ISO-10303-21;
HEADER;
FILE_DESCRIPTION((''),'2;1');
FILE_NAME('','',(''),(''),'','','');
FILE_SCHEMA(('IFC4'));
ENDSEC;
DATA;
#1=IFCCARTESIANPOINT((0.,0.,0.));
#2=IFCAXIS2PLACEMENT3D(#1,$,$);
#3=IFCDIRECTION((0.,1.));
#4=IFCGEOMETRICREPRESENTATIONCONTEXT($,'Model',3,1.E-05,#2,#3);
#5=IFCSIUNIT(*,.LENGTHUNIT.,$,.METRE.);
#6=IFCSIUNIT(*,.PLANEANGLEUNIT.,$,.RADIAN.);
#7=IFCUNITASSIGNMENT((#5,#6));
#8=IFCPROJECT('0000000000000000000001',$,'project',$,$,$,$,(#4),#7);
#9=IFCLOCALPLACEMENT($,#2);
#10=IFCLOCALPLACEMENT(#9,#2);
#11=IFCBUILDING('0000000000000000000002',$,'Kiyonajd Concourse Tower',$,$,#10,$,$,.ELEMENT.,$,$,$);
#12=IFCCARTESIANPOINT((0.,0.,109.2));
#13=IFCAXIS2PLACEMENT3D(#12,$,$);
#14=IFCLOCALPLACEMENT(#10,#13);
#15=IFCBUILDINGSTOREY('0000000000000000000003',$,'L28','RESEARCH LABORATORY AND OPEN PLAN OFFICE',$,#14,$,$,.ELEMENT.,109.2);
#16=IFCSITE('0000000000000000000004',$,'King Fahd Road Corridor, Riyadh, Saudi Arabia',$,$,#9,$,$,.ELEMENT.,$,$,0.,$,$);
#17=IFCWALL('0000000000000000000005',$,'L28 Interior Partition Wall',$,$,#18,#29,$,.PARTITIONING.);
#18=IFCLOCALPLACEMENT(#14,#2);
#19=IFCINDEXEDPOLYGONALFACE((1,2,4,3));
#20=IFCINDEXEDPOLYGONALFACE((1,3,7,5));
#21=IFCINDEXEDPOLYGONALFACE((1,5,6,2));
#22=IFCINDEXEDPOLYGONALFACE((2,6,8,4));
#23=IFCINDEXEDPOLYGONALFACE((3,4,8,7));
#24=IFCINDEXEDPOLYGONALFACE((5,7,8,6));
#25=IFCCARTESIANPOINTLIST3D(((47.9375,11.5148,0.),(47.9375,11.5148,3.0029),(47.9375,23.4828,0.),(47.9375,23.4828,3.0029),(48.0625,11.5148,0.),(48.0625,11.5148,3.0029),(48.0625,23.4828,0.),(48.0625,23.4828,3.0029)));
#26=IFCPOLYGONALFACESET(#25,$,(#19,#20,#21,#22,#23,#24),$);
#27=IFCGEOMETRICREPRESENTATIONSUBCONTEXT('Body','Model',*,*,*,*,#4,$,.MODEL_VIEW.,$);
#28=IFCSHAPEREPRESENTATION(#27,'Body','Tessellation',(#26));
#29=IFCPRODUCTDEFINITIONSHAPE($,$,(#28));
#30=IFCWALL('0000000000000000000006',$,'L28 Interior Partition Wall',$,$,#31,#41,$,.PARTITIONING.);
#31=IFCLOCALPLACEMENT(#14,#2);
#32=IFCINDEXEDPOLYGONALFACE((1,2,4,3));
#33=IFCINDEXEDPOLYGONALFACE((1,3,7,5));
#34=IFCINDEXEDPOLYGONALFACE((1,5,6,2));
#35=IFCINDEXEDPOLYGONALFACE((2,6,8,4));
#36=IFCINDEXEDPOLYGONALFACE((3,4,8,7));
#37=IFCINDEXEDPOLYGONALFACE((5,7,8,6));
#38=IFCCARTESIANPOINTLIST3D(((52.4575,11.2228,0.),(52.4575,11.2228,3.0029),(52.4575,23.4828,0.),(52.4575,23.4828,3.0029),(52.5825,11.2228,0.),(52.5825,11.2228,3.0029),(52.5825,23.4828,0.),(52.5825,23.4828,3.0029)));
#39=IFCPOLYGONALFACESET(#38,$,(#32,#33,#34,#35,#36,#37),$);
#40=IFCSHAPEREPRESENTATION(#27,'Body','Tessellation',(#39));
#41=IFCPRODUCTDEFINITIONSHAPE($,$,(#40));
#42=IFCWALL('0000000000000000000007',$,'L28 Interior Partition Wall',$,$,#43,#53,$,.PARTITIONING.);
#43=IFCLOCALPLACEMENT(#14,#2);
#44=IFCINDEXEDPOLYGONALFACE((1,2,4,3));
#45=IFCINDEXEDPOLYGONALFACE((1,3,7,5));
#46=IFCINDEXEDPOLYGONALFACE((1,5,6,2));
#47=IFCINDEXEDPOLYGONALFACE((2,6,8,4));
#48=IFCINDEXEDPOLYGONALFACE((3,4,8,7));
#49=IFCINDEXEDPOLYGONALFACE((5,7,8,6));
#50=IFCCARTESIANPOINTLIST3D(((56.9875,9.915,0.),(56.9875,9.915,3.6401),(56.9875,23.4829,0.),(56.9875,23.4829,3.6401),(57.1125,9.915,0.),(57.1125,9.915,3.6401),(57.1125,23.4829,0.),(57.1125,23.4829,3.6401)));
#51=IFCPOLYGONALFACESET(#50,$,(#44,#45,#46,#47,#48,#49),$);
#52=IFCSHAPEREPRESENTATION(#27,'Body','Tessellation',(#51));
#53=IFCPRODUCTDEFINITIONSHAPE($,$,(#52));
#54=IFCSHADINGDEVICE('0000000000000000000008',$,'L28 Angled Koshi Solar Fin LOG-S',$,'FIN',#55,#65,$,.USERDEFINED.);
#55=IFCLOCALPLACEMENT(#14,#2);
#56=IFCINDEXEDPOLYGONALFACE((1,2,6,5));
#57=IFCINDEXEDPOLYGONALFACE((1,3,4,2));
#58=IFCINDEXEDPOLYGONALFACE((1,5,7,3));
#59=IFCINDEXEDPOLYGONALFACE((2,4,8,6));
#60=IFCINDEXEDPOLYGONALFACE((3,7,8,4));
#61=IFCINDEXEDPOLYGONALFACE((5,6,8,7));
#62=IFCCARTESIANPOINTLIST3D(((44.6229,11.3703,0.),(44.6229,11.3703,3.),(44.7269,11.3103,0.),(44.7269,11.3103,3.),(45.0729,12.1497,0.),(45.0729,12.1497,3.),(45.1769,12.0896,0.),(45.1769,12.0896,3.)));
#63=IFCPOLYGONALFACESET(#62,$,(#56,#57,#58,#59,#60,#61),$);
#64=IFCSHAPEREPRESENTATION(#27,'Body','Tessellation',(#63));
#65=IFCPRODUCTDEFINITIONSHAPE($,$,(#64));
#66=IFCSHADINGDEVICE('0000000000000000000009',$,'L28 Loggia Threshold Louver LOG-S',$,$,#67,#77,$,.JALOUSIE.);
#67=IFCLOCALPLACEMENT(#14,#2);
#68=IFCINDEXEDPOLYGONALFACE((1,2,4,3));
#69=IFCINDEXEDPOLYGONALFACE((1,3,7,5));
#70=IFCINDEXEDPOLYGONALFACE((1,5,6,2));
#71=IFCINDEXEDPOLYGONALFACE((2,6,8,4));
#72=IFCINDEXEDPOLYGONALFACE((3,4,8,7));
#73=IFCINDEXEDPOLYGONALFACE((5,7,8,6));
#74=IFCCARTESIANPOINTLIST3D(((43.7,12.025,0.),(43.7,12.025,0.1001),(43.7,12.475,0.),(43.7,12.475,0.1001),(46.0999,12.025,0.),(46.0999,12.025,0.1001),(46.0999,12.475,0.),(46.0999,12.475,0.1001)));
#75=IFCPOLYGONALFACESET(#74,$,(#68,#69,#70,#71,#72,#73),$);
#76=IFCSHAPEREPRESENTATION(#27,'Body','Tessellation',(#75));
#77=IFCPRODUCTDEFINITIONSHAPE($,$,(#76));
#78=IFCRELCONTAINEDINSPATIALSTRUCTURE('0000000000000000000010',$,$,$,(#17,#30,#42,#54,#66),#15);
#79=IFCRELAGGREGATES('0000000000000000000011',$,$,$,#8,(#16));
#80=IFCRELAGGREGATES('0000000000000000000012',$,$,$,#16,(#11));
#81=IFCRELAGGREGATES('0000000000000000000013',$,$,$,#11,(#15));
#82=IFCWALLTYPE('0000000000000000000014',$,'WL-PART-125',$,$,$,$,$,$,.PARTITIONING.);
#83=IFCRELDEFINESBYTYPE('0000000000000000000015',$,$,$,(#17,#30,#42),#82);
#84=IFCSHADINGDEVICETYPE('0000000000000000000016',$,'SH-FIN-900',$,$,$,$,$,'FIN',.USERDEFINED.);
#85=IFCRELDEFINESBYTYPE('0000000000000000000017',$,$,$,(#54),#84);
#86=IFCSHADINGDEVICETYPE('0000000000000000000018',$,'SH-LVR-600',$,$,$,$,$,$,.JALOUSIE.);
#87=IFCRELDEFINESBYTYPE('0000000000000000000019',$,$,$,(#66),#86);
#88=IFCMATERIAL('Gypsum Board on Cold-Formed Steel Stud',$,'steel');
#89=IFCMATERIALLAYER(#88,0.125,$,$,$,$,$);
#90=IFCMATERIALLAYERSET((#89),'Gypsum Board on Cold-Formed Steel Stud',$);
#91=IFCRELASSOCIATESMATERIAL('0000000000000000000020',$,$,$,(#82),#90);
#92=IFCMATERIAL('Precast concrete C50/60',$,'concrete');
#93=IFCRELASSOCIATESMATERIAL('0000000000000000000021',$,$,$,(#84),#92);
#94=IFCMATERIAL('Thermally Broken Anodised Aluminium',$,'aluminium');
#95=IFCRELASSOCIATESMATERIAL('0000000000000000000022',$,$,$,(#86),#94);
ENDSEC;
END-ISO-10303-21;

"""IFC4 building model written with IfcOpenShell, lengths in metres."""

from ifc_helpers import new_model, si_unit, direction, frame, frame_2d, origin, origin_2d, place, context, subcontext, project, spatial, rectangle, extrude, material, layer, layer_set, type_object, element, save


model = new_model("IFC4")

# Units and contexts
model_context = context("Model", 3, precision=1e-05, world=origin(), true_north=direction((0.0, 1.0)))
body_context = subcontext(model_context, "Body", "Model", "MODEL_VIEW")
ifc_project = project(units=[si_unit("LENGTHUNIT", "METRE"), si_unit("PLANEANGLEUNIT", "RADIAN")], contexts=[model_context])

# Site, building, storey
site_placement = place(None, origin())
site = spatial("IfcSite", under=ifc_project, at=site_placement, Name="King Fahd Road Corridor, Riyadh, Saudi Arabia", CompositionType="ELEMENT", RefElevation=0.0)
building_placement = place(site_placement, origin())
building = spatial("IfcBuilding", under=site, at=building_placement, Name="Kiyonajd Concourse Tower", CompositionType="ELEMENT")
storey_placement = place(building_placement, frame((0.0, 0.0, 109.2)))
storey = spatial("IfcBuildingStorey", under=building, at=storey_placement, Name="L28", Description="RESEARCH LABORATORY AND OPEN PLAN OFFICE", CompositionType="ELEMENT", Elevation=109.2)

# Shared definitions
ifc_material_1 = material(Name="Precast concrete C50/60", Category="concrete")

# Shared definitions
ifc_material_2 = material(Name="Thermally Broken Anodised Aluminium", Category="aluminium")

# Walls
ifc_material_3 = material(Name="Gypsum Board on Cold-Formed Steel Stud", Category="steel")
ifc_layer_1 = layer(ifc_material_3, 0.125)
ifc_layer_set_1 = layer_set([ifc_layer_1], Name="Gypsum Board on Cold-Formed Steel Stud")
wall_type_1 = type_object("IfcWallType", Name="WL-PART-125", PredefinedType="PARTITIONING", material=ifc_layer_set_1)
wall_1_placement = place(storey_placement, frame((48.0, 11.5149, 0.0), z_axis=(0.0, 0.0, 1.0), x_axis=(0.0, 1.0, 0.0)))
element("IfcWall", 1, at=wall_1_placement, inside=storey, type_object=wall_type_1, Name="L28 Interior Partition Wall", PredefinedType="PARTITIONING", context=body_context, shape_type="SweptSolid", body=[
    extrude(rectangle(XDim=11.968, YDim=0.125, at=frame_2d((5.9839, 0.0))), origin(), (0.0, 0.0, 1.0), 3.0029),
])
wall_2_placement = place(storey_placement, frame((52.52, 11.2229, 0.0), z_axis=(0.0, 0.0, 1.0), x_axis=(0.0, 1.0, 0.0)))
element("IfcWall", 2, at=wall_2_placement, inside=storey, type_object=wall_type_1, Name="L28 Interior Partition Wall", PredefinedType="PARTITIONING", context=body_context, shape_type="SweptSolid", body=[
    extrude(rectangle(XDim=12.26, YDim=0.125, at=frame_2d((6.1299, 0.0))), origin(), (0.0, 0.0, 1.0), 3.0029),
])
wall_3_placement = place(storey_placement, frame((57.05, 9.915, 0.0), z_axis=(0.0, 0.0, 1.0), x_axis=(0.0, 1.0, 0.0)))
element("IfcWall", 3, at=wall_3_placement, inside=storey, type_object=wall_type_1, Name="L28 Interior Partition Wall", PredefinedType="PARTITIONING", context=body_context, shape_type="SweptSolid", body=[
    extrude(rectangle(XDim=13.5679, YDim=0.125, at=frame_2d((6.7839, 0.0))), origin(), (0.0, 0.0, 1.0), 3.6401),
])

# Shading devices
shading_device_type_1 = type_object("IfcShadingDeviceType", Name="SH-FIN-900", ElementType="FIN", PredefinedType="USERDEFINED", material=ifc_material_1)
shading_device_1_placement = place(storey_placement, frame((44.8999, 11.73, 0.0), z_axis=(0.0, 0.0, 1.0), x_axis=(0.5, 0.866025, 0.0)))
element("IfcShadingDevice", 4, at=shading_device_1_placement, inside=storey, type_object=shading_device_type_1, Name="L28 Angled Koshi Solar Fin LOG-S", ObjectType="FIN", PredefinedType="USERDEFINED", context=body_context, shape_type="SweptSolid", body=[
    extrude(rectangle(XDim=0.8999, YDim=0.1201, at=origin_2d()), origin(), (0.0, 0.0, 1.0), 3.0),
])
shading_device_type_2 = type_object("IfcShadingDeviceType", Name="SH-LVR-600", PredefinedType="JALOUSIE", material=ifc_material_2)
shading_device_2_placement = place(storey_placement, frame((44.8999, 12.25, 0.0), z_axis=(0.0, 0.0, 1.0), x_axis=(1.0, 0.0, 0.0)))
element("IfcShadingDevice", 5, at=shading_device_2_placement, inside=storey, type_object=shading_device_type_2, Name="L28 Loggia Threshold Louver LOG-S", PredefinedType="JALOUSIE", context=body_context, shape_type="SweptSolid", body=[
    extrude(rectangle(XDim=2.3999, YDim=0.45, at=origin_2d()), origin(), (0.0, 0.0, 1.0), 0.1001),
])

save(model, "model.ifc")
